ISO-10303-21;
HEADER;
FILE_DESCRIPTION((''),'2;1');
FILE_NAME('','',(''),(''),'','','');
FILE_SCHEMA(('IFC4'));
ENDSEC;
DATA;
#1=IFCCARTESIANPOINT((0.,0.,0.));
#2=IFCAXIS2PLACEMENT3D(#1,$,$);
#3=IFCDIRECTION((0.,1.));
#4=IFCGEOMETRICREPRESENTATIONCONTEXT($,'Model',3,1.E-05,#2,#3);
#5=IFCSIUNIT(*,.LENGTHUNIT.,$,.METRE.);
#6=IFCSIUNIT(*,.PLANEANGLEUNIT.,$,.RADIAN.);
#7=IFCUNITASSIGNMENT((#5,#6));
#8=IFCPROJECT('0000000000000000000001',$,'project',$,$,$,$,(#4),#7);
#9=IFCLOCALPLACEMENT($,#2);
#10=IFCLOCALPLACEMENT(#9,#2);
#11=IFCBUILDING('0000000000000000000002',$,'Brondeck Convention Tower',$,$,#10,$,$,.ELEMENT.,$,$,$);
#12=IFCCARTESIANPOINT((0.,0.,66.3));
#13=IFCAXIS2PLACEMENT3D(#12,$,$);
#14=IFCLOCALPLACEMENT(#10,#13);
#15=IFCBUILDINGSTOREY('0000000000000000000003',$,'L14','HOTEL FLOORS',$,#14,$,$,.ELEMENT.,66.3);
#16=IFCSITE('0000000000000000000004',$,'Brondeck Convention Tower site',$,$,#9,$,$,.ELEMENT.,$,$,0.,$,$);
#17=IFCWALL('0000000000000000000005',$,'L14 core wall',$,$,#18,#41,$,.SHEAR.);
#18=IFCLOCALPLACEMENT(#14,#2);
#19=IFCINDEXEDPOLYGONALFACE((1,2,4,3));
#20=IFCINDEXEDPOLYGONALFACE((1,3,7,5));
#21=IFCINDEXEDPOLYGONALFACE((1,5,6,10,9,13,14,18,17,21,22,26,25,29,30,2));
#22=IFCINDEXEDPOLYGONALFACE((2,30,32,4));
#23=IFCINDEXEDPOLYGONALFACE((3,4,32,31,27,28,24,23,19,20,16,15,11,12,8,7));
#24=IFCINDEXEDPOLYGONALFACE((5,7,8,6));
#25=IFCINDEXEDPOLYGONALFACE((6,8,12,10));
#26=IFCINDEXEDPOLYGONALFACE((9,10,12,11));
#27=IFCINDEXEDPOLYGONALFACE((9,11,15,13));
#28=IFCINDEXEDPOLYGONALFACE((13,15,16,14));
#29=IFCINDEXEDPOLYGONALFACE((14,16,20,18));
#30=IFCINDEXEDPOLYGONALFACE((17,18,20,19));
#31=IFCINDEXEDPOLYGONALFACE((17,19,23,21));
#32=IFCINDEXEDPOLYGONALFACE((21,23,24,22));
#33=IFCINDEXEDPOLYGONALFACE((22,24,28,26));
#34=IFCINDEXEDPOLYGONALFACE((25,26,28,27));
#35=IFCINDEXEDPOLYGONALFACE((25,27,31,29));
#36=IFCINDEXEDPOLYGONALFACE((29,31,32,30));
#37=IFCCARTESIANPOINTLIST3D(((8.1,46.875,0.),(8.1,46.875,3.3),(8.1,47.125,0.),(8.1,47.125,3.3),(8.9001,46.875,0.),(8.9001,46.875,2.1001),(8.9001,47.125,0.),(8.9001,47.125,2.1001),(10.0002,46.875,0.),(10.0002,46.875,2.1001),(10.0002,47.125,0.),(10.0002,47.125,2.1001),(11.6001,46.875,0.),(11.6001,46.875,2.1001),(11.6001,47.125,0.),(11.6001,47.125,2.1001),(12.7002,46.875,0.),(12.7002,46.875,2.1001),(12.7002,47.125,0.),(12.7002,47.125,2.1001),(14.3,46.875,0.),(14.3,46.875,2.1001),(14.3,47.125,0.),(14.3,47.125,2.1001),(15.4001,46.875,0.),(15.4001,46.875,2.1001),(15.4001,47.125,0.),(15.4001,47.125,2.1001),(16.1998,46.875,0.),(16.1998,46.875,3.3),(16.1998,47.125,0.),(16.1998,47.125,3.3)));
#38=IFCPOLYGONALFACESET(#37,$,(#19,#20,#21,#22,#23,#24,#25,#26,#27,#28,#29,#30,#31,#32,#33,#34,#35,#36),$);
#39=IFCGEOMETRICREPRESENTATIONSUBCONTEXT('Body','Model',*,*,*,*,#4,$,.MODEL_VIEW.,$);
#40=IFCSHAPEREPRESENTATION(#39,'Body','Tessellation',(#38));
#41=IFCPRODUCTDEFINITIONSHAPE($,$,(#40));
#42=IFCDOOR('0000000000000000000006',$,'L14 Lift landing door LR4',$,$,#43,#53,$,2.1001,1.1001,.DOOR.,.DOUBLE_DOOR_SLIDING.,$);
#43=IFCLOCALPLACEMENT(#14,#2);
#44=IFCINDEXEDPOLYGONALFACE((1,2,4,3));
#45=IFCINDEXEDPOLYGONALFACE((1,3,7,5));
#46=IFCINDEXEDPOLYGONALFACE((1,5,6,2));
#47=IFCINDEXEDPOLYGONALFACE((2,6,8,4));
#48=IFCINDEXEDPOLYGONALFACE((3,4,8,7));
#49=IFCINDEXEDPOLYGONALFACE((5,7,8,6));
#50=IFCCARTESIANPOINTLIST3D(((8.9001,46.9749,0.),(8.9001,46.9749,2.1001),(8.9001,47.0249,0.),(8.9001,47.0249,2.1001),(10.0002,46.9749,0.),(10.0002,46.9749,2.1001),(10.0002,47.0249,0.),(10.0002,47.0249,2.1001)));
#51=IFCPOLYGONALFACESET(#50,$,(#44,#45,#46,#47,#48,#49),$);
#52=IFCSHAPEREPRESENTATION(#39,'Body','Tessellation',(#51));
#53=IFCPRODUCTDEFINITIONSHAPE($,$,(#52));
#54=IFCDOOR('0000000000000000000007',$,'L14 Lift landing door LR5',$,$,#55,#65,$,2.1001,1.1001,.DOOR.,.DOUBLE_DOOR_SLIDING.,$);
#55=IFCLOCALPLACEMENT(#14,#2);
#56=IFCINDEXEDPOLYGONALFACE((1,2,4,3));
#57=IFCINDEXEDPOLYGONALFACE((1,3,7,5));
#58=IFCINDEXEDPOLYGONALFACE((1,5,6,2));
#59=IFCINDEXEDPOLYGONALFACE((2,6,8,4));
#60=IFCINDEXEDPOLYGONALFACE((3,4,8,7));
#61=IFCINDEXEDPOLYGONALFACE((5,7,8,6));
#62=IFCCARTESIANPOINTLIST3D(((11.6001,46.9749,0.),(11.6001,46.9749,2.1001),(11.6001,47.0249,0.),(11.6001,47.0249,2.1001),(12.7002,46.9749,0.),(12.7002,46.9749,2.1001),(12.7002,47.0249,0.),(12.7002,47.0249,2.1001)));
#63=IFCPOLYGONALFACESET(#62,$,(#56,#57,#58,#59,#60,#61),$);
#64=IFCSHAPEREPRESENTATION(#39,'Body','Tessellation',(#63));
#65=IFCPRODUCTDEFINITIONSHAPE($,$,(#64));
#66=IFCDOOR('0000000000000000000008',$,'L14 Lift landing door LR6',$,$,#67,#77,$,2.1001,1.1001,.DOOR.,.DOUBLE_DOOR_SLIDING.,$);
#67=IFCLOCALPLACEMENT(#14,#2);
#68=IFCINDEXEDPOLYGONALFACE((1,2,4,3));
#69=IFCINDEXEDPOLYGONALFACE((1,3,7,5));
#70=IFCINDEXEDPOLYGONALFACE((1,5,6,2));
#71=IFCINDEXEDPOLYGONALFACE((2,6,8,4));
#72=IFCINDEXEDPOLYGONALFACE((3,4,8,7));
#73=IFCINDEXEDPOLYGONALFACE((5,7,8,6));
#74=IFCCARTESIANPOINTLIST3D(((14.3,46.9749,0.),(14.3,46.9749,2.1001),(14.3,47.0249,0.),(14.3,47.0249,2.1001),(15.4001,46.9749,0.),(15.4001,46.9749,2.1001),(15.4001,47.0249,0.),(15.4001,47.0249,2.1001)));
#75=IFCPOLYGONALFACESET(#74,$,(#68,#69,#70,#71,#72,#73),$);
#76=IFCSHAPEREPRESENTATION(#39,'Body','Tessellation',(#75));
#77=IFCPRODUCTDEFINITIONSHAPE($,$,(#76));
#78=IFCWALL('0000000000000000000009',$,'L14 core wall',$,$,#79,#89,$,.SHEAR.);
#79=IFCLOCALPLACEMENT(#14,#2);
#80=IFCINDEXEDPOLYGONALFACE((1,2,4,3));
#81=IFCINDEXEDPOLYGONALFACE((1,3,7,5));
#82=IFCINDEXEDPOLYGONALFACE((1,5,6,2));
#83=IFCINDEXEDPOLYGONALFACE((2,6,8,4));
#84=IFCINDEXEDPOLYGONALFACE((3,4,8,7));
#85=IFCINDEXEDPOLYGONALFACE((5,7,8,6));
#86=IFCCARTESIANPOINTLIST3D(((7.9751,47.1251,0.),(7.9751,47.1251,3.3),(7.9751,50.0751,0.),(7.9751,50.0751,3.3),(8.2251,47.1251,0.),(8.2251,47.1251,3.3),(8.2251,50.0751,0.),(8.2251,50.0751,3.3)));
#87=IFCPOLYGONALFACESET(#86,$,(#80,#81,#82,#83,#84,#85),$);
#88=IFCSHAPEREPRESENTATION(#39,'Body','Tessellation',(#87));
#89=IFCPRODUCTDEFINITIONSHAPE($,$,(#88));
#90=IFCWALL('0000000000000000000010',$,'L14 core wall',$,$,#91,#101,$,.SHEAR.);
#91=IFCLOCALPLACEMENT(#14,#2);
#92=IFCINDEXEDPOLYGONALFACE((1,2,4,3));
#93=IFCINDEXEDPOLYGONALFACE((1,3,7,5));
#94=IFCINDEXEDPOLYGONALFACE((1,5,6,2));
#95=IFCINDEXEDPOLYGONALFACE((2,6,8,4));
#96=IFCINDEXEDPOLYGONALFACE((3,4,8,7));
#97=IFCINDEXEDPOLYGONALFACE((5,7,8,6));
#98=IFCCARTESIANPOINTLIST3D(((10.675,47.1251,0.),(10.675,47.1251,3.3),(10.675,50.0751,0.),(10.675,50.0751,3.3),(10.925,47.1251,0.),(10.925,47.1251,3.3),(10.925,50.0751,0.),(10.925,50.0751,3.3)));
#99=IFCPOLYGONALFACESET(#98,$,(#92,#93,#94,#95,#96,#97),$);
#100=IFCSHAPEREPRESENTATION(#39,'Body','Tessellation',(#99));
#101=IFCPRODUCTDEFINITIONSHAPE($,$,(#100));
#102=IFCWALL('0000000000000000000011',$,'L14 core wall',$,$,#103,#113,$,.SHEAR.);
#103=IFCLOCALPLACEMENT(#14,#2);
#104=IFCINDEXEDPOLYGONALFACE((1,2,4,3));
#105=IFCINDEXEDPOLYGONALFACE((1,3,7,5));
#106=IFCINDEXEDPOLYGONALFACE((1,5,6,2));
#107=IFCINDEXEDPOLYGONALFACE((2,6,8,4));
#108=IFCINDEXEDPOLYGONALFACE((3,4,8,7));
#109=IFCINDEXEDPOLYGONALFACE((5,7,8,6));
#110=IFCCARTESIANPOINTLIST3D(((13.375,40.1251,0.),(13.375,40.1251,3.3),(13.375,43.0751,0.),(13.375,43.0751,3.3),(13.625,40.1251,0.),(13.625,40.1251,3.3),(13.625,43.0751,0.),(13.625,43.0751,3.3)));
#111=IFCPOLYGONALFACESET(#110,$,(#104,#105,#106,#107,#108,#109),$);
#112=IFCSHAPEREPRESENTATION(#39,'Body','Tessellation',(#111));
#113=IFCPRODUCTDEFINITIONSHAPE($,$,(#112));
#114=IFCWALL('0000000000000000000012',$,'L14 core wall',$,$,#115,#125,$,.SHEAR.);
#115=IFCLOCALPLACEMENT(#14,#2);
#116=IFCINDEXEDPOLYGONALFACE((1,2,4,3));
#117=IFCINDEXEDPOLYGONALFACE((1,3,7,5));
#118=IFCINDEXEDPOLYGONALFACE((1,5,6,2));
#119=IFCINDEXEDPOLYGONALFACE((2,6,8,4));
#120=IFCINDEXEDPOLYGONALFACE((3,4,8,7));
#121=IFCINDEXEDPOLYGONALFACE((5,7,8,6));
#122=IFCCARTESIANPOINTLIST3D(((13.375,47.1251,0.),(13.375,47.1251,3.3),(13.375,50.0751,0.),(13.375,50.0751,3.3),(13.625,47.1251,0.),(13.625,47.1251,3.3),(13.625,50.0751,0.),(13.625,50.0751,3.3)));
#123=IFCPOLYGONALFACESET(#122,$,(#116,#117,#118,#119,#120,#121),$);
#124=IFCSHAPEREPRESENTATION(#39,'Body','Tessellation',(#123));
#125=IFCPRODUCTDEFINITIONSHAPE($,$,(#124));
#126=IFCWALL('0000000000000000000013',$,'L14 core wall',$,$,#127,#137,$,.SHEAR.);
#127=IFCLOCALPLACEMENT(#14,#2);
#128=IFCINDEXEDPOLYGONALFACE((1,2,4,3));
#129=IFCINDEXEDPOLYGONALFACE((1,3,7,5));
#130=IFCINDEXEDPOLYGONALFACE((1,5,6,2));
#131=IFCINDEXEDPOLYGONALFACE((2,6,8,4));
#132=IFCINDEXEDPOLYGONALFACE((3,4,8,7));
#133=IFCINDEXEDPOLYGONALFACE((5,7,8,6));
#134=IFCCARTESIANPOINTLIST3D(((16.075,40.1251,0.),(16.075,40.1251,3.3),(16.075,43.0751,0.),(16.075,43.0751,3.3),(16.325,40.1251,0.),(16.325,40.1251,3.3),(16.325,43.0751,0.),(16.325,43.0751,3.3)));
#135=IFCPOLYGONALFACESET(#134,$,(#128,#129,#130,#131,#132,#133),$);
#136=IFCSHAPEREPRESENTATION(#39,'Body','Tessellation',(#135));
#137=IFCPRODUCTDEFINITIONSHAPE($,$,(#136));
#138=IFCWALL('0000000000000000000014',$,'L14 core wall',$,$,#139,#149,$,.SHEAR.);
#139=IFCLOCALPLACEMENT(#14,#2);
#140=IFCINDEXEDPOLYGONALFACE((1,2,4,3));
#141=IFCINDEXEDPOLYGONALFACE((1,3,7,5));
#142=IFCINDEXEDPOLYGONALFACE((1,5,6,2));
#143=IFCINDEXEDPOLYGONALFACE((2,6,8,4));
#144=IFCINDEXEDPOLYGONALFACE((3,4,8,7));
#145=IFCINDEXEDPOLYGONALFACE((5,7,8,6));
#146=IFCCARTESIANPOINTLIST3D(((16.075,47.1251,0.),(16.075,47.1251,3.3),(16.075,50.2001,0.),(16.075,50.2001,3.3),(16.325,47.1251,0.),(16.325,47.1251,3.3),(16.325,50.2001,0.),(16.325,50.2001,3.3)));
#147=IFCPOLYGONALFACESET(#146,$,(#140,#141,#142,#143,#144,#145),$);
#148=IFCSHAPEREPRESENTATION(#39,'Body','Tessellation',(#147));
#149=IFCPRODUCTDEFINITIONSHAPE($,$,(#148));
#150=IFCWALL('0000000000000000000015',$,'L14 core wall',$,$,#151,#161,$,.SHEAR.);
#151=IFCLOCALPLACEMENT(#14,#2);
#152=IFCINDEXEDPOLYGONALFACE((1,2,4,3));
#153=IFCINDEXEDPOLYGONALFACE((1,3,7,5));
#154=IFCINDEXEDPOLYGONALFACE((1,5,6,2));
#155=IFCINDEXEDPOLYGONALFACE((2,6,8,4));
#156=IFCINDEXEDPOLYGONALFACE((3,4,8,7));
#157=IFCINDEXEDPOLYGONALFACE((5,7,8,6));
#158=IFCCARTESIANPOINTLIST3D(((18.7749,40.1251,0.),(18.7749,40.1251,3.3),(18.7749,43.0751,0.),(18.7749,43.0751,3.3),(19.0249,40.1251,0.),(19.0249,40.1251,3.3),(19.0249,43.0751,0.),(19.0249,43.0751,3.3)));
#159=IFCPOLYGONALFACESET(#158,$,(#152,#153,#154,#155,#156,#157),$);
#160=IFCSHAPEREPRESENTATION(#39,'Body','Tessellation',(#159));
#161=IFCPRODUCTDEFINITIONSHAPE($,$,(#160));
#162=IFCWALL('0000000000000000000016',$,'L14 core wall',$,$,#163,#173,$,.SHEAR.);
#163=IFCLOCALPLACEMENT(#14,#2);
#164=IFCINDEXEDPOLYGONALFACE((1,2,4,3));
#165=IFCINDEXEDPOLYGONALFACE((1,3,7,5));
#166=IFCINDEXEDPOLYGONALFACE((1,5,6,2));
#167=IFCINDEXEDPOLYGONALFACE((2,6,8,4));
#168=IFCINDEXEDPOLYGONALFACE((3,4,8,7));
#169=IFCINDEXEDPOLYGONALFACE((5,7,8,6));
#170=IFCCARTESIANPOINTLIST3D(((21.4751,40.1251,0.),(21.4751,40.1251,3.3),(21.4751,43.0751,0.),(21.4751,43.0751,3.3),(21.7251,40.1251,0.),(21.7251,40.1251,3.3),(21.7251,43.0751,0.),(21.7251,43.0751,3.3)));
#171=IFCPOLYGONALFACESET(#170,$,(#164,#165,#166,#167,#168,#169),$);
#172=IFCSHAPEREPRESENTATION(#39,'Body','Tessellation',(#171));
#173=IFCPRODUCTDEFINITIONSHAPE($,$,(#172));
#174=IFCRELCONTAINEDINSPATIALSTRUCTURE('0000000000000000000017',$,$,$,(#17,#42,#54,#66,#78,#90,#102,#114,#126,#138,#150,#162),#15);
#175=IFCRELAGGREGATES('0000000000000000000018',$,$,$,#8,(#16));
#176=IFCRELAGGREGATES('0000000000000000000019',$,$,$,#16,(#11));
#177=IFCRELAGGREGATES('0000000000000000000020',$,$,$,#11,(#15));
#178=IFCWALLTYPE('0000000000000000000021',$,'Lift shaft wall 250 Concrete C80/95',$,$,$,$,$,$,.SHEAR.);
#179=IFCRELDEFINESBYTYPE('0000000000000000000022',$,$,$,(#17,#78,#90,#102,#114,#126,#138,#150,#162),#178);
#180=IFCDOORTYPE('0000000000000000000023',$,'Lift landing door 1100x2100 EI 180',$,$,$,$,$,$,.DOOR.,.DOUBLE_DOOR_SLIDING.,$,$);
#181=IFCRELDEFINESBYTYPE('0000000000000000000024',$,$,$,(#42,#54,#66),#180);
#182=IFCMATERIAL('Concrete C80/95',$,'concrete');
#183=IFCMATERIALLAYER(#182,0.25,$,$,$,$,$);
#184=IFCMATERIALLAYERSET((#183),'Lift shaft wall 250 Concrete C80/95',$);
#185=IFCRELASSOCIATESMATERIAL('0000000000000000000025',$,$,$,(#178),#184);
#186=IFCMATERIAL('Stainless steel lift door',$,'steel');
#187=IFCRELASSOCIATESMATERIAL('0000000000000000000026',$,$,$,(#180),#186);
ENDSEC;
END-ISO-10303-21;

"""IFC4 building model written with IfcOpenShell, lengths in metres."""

from ifc_helpers import new_model, si_unit, direction, frame, frame_2d, origin, place, context, subcontext, project, spatial, rectangle, extrude, material, layer, layer_set, type_object, element, fill, save


model = new_model("IFC4")

# Units and contexts
model_context = context("Model", 3, precision=1e-05, world=origin(), true_north=direction((0.0, 1.0)))
body_context = subcontext(model_context, "Body", "Model", "MODEL_VIEW")
ifc_project = project(units=[si_unit("LENGTHUNIT", "METRE"), si_unit("PLANEANGLEUNIT", "RADIAN")], contexts=[model_context])

# Site, building, storey
site_placement = place(None, origin())
site = spatial("IfcSite", under=ifc_project, at=site_placement, Name="Brondeck Convention Tower site", CompositionType="ELEMENT", RefElevation=0.0)
building_placement = place(site_placement, origin())
building = spatial("IfcBuilding", under=site, at=building_placement, Name="Brondeck Convention Tower", CompositionType="ELEMENT")
storey_placement = place(building_placement, frame((0.0, 0.0, 66.3)))
storey = spatial("IfcBuildingStorey", under=building, at=storey_placement, Name="L14", Description="HOTEL FLOORS", CompositionType="ELEMENT", Elevation=66.3)

# Shared definitions
ifc_material_1 = material(Name="Concrete C80/95", Category="concrete")

# Wall, openings, doors
ifc_layer_1 = layer(ifc_material_1, 0.25)
ifc_layer_set_1 = layer_set([ifc_layer_1], Name="Lift shaft wall 250 Concrete C80/95")
wall_type_1 = type_object("IfcWallType", Name="Lift shaft wall 250 Concrete C80/95", PredefinedType="SHEAR", material=ifc_layer_set_1)
ifc_material_2 = material(Name="Stainless steel lift door", Category="steel")
door_type_1 = type_object("IfcDoorType", Name="Lift landing door 1100x2100 EI 180", OperationType="DOUBLE_DOOR_SLIDING", PredefinedType="DOOR", material=ifc_material_2)
wall_1_placement = place(storey_placement, frame((8.1001, 47.0, 0.0), z_axis=(0.0, 0.0, 1.0), x_axis=(1.0, 0.0, 0.0)))
wall_1 = element("IfcWall", 1, at=wall_1_placement, inside=storey, type_object=wall_type_1, Name="L14 core wall", PredefinedType="SHEAR", context=body_context, shape_type="SweptSolid", body=[
    extrude(rectangle(XDim=8.0999, YDim=0.25, at=frame_2d((4.0498, 0.0))), origin(), (0.0, 0.0, 1.0), 3.3),
])
opening_1_placement = place(wall_1_placement, frame((0.8, 0.0, 0.0)))
opening_1 = element("IfcOpeningElement", 2, at=opening_1_placement, cuts=wall_1, PredefinedType="OPENING", context=body_context, shape_type="SweptSolid", body=[
    extrude(rectangle(XDim=1.1001, YDim=2.1001, at=frame_2d((0.55, 1.05))), frame((0.0, 0.135, 0.0), z_axis=(0.0, -1.0, 0.0), x_axis=(1.0, 0.0, 0.0)), (0.0, 0.0, 1.0), 0.27),
])
opening_2_placement = place(wall_1_placement, frame((3.5, 0.0, 0.0)))
opening_2 = element("IfcOpeningElement", 3, at=opening_2_placement, cuts=wall_1, PredefinedType="OPENING", context=body_context, shape_type="SweptSolid", body=[
    extrude(rectangle(XDim=1.1001, YDim=2.1001, at=frame_2d((0.55, 1.05))), frame((0.0, 0.135, 0.0), z_axis=(0.0, -1.0, 0.0), x_axis=(1.0, 0.0, 0.0)), (0.0, 0.0, 1.0), 0.27),
])
opening_3_placement = place(wall_1_placement, frame((6.2, 0.0, 0.0)))
opening_3 = element("IfcOpeningElement", 4, at=opening_3_placement, cuts=wall_1, PredefinedType="OPENING", context=body_context, shape_type="SweptSolid", body=[
    extrude(rectangle(XDim=1.1001, YDim=2.1001, at=frame_2d((0.55, 1.05))), frame((0.0, 0.135, 0.0), z_axis=(0.0, -1.0, 0.0), x_axis=(1.0, 0.0, 0.0)), (0.0, 0.0, 1.0), 0.27),
])
door_1_placement = place(opening_1_placement, origin())
door_1 = element("IfcDoor", 5, at=door_1_placement, inside=storey, type_object=door_type_1, Name="L14 Lift landing door LR4", OperationType="DOUBLE_DOOR_SLIDING", OverallHeight=2.1001, OverallWidth=1.1001, PredefinedType="DOOR", context=body_context, shape_type="SweptSolid", body=[
    extrude(rectangle(XDim=1.1001, YDim=2.1001, at=frame_2d((0.55, 1.05))), frame((0.0, 0.0249, 0.0), z_axis=(0.0, -1.0, 0.0), x_axis=(1.0, 0.0, 0.0)), (0.0, 0.0, 1.0), 0.05),
])
fill(opening_1, door_1)
door_2_placement = place(opening_2_placement, origin())
door_2 = element("IfcDoor", 6, at=door_2_placement, inside=storey, type_object=door_type_1, Name="L14 Lift landing door LR5", OperationType="DOUBLE_DOOR_SLIDING", OverallHeight=2.1001, OverallWidth=1.1001, PredefinedType="DOOR", context=body_context, shape_type="SweptSolid", body=[
    extrude(rectangle(XDim=1.1001, YDim=2.1001, at=frame_2d((0.55, 1.05))), frame((0.0, 0.0249, 0.0), z_axis=(0.0, -1.0, 0.0), x_axis=(1.0, 0.0, 0.0)), (0.0, 0.0, 1.0), 0.05),
])
fill(opening_2, door_2)
door_3_placement = place(opening_3_placement, origin())
door_3 = element("IfcDoor", 7, at=door_3_placement, inside=storey, type_object=door_type_1, Name="L14 Lift landing door LR6", OperationType="DOUBLE_DOOR_SLIDING", OverallHeight=2.1001, OverallWidth=1.1001, PredefinedType="DOOR", context=body_context, shape_type="SweptSolid", body=[
    extrude(rectangle(XDim=1.1001, YDim=2.1001, at=frame_2d((0.55, 1.05))), frame((0.0, 0.0249, 0.0), z_axis=(0.0, -1.0, 0.0), x_axis=(1.0, 0.0, 0.0)), (0.0, 0.0, 1.0), 0.05),
])
fill(opening_3, door_3)

# Walls
for number, where, z_axis, x_axis, name in (
    (8, (8.1001, 47.125, 0.0), (0.0, 0.0, 1.0), (0.0, 1.0, 0.0), "L14 core wall"),
    (9, (10.8, 47.125, 0.0), (0.0, 0.0, 1.0), (0.0, 1.0, 0.0), "L14 core wall"),
    (10, (13.5, 40.125, 0.0), (0.0, 0.0, 1.0), (0.0, 1.0, 0.0), "L14 core wall"),
    (11, (13.5, 47.125, 0.0), (0.0, 0.0, 1.0), (0.0, 1.0, 0.0), "L14 core wall"),
    (12, (16.2, 40.125, 0.0), (0.0, 0.0, 1.0), (0.0, 1.0, 0.0), "L14 core wall"),
):
    element("IfcWall", number, at=place(storey_placement, frame(where, z_axis=z_axis, x_axis=x_axis)), inside=storey, type_object=wall_type_1, Name=name, PredefinedType="SHEAR", context=body_context, shape_type="SweptSolid", body=[
        extrude(rectangle(XDim=2.95, YDim=0.25, at=frame_2d((1.4751, 0.0))), origin(), (0.0, 0.0, 1.0), 3.3),
    ])
wall_2_placement = place(storey_placement, frame((16.2, 47.125, 0.0), z_axis=(0.0, 0.0, 1.0), x_axis=(0.0, 1.0, 0.0)))
element("IfcWall", 13, at=wall_2_placement, inside=storey, type_object=wall_type_1, Name="L14 core wall", PredefinedType="SHEAR", context=body_context, shape_type="SweptSolid", body=[
    extrude(rectangle(XDim=3.075, YDim=0.25, at=frame_2d((1.5376, 0.0))), origin(), (0.0, 0.0, 1.0), 3.3),
])
for number, where, z_axis, x_axis, name in (
    (14, (18.8999, 40.125, 0.0), (0.0, 0.0, 1.0), (0.0, 1.0, 0.0), "L14 core wall"),
    (15, (21.6001, 40.125, 0.0), (0.0, 0.0, 1.0), (0.0, 1.0, 0.0), "L14 core wall"),
):
    element("IfcWall", number, at=place(storey_placement, frame(where, z_axis=z_axis, x_axis=x_axis)), inside=storey, type_object=wall_type_1, Name=name, PredefinedType="SHEAR", context=body_context, shape_type="SweptSolid", body=[
        extrude(rectangle(XDim=2.95, YDim=0.25, at=frame_2d((1.4751, 0.0))), origin(), (0.0, 0.0, 1.0), 3.3),
    ])

save(model, "model.ifc")
